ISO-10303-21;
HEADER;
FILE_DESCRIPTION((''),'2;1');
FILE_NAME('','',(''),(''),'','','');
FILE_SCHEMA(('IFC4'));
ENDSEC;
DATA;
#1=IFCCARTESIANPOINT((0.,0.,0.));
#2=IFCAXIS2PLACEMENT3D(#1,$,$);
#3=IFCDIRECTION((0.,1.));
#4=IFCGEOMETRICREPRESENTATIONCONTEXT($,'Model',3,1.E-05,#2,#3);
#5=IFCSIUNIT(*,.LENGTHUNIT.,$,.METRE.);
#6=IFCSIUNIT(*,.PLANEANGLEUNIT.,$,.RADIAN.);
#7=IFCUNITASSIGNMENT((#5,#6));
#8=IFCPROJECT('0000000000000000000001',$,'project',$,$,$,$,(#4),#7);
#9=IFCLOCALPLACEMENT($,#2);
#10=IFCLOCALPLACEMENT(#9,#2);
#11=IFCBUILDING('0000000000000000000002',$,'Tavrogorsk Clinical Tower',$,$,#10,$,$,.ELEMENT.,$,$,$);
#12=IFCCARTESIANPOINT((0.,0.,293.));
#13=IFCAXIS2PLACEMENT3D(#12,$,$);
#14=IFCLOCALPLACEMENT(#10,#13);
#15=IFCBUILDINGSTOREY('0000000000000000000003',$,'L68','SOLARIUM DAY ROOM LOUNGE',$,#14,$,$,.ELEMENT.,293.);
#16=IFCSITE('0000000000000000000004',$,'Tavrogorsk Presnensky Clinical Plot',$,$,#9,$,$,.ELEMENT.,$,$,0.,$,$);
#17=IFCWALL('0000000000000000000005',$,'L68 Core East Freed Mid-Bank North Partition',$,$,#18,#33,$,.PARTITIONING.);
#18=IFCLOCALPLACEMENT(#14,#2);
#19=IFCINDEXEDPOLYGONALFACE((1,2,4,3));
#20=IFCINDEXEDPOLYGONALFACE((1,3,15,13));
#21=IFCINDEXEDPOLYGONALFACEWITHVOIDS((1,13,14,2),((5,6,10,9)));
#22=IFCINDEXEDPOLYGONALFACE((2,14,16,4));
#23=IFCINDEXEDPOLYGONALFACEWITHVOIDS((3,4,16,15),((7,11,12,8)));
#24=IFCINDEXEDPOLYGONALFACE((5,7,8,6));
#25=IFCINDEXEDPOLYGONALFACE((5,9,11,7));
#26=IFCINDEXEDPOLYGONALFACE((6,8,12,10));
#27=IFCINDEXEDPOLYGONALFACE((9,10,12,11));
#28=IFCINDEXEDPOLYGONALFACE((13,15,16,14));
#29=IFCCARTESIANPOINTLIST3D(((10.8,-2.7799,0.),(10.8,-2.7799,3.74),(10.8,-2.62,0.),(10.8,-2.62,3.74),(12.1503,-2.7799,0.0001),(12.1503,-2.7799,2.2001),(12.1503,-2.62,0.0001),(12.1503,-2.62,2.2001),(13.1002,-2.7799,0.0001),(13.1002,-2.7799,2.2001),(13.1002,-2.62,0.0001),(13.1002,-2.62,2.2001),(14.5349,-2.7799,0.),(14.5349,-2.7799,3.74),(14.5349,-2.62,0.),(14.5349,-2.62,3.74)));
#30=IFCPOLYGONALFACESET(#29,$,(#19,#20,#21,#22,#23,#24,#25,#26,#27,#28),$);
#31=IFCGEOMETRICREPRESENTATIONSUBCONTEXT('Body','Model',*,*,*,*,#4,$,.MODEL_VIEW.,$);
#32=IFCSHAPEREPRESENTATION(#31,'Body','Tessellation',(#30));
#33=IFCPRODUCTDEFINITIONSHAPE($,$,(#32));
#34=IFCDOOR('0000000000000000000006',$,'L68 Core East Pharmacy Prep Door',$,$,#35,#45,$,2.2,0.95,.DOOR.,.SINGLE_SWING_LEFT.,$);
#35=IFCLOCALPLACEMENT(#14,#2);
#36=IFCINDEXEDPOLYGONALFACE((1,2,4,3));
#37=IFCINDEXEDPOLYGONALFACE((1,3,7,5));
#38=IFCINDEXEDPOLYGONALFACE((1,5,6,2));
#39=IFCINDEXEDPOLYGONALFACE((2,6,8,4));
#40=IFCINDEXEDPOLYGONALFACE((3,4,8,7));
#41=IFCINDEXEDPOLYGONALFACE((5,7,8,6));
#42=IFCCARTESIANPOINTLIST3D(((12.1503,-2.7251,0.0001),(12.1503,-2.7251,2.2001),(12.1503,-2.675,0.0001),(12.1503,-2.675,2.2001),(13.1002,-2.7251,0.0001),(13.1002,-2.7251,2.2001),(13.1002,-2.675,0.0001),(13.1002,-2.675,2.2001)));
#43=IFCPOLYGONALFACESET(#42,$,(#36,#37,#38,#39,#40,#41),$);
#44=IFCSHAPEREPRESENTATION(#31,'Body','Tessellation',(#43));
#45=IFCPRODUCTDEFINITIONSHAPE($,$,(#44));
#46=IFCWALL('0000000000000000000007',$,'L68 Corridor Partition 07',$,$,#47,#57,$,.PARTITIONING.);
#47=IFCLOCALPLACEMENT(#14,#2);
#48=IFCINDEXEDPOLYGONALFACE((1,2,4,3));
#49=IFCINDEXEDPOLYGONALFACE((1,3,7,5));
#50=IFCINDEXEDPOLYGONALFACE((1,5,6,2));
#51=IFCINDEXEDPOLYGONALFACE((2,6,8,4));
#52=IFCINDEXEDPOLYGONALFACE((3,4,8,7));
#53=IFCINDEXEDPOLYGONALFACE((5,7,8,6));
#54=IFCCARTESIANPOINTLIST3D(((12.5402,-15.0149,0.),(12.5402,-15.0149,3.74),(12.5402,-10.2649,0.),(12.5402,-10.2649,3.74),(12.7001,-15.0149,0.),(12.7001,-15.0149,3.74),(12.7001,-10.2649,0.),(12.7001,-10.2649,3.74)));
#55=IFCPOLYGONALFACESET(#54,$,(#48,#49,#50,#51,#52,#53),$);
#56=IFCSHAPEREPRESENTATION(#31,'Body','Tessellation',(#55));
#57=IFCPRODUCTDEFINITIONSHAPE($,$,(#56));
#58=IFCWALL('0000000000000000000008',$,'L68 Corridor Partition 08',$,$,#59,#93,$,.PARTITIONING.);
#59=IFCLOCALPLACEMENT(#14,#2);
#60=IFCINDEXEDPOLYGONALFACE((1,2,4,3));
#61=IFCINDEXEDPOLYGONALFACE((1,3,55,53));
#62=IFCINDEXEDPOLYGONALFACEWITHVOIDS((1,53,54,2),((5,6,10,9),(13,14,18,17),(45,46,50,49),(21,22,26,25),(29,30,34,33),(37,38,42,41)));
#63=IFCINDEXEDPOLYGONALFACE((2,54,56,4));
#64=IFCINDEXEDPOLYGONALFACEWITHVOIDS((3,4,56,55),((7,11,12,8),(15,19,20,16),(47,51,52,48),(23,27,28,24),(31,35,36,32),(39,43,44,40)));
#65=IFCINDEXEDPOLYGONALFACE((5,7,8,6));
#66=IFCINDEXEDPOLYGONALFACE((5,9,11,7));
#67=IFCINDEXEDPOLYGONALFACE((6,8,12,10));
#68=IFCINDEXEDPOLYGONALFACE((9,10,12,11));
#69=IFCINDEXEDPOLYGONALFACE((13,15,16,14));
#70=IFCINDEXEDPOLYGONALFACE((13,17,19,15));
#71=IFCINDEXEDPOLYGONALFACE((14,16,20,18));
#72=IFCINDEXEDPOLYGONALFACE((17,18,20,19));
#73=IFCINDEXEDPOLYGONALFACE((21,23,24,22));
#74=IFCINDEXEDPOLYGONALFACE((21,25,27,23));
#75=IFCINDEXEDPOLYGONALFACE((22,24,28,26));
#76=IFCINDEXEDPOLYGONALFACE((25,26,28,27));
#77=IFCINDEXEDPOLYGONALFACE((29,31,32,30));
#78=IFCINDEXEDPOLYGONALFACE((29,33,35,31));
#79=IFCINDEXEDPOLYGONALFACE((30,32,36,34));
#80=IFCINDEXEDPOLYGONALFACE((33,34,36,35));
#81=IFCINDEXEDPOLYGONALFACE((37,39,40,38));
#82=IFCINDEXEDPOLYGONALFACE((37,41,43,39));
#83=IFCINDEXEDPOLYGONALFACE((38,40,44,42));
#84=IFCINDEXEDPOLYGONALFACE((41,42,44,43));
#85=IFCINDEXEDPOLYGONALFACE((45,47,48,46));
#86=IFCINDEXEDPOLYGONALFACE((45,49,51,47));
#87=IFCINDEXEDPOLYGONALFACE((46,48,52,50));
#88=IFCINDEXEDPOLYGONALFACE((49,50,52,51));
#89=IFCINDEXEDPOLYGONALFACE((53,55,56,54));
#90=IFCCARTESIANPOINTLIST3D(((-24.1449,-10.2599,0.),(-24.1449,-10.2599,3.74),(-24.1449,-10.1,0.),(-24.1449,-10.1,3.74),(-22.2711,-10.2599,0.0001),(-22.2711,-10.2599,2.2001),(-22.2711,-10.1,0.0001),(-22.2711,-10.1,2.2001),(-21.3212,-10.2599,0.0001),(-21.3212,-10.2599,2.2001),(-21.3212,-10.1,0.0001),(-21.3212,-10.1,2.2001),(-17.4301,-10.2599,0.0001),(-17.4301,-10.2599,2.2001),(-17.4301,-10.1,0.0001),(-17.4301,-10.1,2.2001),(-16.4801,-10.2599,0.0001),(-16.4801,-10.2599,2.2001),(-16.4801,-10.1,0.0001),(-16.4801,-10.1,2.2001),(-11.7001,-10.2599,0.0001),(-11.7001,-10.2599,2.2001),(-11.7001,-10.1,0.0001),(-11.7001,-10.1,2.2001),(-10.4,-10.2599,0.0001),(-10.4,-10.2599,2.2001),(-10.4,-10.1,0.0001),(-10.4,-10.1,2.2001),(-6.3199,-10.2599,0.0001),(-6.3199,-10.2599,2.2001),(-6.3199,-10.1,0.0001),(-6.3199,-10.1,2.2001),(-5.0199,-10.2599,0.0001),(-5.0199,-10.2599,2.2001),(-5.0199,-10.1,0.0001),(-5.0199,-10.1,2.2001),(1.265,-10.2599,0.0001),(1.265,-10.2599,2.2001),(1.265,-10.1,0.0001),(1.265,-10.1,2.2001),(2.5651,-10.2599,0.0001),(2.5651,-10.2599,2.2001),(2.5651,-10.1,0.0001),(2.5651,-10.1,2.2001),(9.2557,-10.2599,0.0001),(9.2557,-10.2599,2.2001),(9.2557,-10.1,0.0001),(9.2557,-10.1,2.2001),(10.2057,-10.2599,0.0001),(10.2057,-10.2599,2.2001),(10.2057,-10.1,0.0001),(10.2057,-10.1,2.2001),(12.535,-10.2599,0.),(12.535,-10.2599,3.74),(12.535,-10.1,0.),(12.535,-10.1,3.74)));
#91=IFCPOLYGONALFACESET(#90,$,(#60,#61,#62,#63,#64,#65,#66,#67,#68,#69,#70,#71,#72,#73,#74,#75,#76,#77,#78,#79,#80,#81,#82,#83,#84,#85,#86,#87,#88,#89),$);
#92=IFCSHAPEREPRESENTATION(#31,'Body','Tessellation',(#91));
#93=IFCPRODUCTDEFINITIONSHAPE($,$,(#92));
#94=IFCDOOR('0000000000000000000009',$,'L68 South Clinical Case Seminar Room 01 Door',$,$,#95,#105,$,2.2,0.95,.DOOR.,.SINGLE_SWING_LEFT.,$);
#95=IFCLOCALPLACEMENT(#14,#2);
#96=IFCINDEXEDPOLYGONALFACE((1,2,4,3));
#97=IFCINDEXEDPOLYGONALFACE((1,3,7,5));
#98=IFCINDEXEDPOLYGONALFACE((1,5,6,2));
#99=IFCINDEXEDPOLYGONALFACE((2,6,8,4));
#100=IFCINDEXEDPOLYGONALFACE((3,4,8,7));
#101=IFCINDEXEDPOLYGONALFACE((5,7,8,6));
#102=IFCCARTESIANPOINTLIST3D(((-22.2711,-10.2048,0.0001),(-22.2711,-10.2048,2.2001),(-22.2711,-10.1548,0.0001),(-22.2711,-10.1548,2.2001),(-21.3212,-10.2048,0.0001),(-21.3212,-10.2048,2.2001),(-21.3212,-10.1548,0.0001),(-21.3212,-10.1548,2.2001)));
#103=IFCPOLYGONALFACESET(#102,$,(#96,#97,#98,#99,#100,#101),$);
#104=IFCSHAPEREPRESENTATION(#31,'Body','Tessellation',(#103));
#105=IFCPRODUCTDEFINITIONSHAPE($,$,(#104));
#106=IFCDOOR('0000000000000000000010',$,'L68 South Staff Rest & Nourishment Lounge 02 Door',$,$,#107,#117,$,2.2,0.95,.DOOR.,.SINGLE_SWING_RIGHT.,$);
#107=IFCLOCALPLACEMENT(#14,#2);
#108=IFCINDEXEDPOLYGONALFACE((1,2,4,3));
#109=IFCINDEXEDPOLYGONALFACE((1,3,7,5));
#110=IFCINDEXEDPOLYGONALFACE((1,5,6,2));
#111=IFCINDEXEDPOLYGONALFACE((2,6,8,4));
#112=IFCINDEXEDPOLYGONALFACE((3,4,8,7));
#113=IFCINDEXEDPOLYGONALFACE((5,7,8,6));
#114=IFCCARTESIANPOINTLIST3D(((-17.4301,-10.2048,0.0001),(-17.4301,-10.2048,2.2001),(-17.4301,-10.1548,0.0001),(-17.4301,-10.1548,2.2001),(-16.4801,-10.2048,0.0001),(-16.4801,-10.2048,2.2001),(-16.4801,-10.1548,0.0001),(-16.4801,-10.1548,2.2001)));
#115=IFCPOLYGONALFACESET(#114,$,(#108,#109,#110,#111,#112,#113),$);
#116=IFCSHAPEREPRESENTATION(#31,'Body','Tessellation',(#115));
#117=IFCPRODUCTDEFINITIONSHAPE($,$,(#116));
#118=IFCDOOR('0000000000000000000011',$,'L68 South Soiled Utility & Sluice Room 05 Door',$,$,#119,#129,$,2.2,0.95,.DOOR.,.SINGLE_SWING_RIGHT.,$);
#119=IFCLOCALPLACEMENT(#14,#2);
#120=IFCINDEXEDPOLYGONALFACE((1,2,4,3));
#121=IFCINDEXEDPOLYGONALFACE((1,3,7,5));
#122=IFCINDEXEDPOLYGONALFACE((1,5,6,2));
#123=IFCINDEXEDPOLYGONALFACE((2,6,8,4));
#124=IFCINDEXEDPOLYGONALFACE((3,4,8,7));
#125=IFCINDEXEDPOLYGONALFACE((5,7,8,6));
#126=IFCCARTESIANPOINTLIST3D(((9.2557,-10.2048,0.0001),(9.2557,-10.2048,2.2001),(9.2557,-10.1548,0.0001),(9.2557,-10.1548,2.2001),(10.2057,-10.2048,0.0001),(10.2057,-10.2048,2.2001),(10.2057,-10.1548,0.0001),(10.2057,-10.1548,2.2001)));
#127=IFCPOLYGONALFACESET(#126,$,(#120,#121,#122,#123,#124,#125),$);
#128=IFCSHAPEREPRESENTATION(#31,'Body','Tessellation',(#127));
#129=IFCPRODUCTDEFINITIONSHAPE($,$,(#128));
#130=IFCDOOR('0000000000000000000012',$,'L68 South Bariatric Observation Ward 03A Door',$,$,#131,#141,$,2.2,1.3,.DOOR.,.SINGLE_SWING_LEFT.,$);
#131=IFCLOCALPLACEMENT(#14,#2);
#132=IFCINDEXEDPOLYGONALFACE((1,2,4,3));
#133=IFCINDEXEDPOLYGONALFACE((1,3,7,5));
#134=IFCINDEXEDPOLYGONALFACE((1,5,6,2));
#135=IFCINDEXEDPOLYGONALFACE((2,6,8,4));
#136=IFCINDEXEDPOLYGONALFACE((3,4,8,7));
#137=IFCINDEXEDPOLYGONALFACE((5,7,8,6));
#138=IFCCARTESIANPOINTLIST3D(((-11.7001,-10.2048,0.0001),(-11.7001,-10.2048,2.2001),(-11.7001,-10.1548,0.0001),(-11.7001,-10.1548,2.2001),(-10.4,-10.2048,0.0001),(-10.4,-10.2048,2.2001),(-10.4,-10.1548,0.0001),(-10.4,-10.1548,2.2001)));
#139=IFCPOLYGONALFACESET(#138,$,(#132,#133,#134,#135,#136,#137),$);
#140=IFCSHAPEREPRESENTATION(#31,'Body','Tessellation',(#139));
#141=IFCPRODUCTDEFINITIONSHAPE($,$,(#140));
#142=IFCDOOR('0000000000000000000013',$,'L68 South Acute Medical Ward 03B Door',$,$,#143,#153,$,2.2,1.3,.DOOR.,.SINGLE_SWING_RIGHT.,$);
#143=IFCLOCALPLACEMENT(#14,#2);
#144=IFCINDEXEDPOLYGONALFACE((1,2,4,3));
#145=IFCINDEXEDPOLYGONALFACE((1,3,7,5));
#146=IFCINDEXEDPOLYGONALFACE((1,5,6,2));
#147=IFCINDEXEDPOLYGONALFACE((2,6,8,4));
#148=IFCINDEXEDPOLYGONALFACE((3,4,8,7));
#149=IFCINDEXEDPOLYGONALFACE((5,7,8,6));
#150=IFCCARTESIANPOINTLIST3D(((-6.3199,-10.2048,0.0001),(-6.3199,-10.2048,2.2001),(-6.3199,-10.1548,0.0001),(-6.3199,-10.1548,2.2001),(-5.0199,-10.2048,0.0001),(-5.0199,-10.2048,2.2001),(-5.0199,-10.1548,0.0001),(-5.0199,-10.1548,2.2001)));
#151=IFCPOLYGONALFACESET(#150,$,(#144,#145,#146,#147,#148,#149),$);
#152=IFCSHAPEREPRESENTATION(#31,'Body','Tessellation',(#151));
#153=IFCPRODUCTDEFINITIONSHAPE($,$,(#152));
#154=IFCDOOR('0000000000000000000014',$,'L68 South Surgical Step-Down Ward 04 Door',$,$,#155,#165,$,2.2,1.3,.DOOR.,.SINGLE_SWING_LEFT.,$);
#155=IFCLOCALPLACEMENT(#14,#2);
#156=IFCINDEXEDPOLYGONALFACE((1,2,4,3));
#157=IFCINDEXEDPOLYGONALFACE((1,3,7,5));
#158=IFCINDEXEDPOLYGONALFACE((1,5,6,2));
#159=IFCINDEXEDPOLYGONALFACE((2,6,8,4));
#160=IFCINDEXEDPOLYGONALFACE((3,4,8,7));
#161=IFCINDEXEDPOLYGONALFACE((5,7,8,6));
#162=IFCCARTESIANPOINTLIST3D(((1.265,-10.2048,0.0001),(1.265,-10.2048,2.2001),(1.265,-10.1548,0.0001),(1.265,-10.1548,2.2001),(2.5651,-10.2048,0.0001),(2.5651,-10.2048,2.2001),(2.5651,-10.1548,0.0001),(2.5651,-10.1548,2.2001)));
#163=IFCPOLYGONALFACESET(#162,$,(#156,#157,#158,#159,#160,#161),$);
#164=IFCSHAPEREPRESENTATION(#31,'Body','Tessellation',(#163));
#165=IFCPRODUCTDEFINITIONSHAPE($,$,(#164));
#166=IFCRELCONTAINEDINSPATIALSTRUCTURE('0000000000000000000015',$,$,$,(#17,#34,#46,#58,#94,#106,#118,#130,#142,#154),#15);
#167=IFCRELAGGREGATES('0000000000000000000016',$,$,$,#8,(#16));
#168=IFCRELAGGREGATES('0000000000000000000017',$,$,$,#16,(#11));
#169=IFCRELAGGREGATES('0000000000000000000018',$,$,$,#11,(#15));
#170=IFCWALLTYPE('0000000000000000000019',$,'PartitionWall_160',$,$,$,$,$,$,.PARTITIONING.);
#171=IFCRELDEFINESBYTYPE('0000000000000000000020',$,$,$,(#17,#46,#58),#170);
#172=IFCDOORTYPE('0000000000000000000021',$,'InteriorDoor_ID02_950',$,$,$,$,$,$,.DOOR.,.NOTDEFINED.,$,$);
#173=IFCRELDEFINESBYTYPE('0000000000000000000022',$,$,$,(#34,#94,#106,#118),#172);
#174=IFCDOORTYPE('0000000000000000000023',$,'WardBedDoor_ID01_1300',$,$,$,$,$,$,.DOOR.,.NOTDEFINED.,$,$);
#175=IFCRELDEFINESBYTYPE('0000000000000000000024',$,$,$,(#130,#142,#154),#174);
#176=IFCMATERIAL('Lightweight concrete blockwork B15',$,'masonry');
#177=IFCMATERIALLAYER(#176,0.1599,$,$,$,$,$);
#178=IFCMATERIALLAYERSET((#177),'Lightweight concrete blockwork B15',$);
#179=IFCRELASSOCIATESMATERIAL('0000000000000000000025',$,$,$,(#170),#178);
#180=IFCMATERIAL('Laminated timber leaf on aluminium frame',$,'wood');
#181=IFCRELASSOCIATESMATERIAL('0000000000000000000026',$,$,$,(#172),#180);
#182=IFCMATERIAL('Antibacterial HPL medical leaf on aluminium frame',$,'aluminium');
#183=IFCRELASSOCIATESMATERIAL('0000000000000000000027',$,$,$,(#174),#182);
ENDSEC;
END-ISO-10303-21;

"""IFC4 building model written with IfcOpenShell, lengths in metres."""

from ifc_helpers import new_model, si_unit, direction, frame, frame_2d, origin, place, context, subcontext, project, spatial, rectangle, extrude, material, layer, layer_set, type_object, element, fill, save


model = new_model("IFC4")

# Units and contexts
model_context = context("Model", 3, precision=1e-05, world=origin(), true_north=direction((0.0, 1.0)))
body_context = subcontext(model_context, "Body", "Model", "MODEL_VIEW")
ifc_project = project(units=[si_unit("LENGTHUNIT", "METRE"), si_unit("PLANEANGLEUNIT", "RADIAN")], contexts=[model_context])

# Site, building, storey
site_placement = place(None, origin())
site = spatial("IfcSite", under=ifc_project, at=site_placement, Name="Tavrogorsk Presnensky Clinical Plot", CompositionType="ELEMENT", RefElevation=0.0)
building_placement = place(site_placement, origin())
building = spatial("IfcBuilding", under=site, at=building_placement, Name="Tavrogorsk Clinical Tower", CompositionType="ELEMENT")
storey_placement = place(building_placement, frame((0.0, 0.0, 293.0)))
storey = spatial("IfcBuildingStorey", under=building, at=storey_placement, Name="L68", Description="SOLARIUM DAY ROOM LOUNGE", CompositionType="ELEMENT", Elevation=293.0)

# Wall, opening, door
ifc_material_1 = material(Name="Lightweight concrete blockwork B15", Category="masonry")
ifc_layer_1 = layer(ifc_material_1, 0.1599)
ifc_layer_set_1 = layer_set([ifc_layer_1], Name="Lightweight concrete blockwork B15")
wall_type_1 = type_object("IfcWallType", Name="PartitionWall_160", PredefinedType="PARTITIONING", material=ifc_layer_set_1)
wall_1_placement = place(storey_placement, frame((10.8, -2.7, 0.0), z_axis=(0.0, 0.0, 1.0), x_axis=(1.0, 0.0, 0.0)))
wall_1 = element("IfcWall", 1, at=wall_1_placement, inside=storey, type_object=wall_type_1, Name="L68 Core East Freed Mid-Bank North Partition", PredefinedType="PARTITIONING", context=body_context, shape_type="SweptSolid", body=[
    extrude(rectangle(XDim=3.7349, YDim=0.1599, at=frame_2d((1.8674, 0.0))), origin(), (0.0, 0.0, 1.0), 3.74),
])
opening_1_placement = place(wall_1_placement, frame((1.3501, 0.0, 0.0)))
opening_1 = element("IfcOpeningElement", 2, at=opening_1_placement, cuts=wall_1, PredefinedType="OPENING", context=body_context, shape_type="SweptSolid", body=[
    extrude(rectangle(XDim=0.95, YDim=2.2, at=frame_2d((0.4751, 1.1001))), frame((0.0, 0.0898, 0.0), z_axis=(0.0, -1.0, 0.0), x_axis=(1.0, 0.0, 0.0)), (0.0, 0.0, 1.0), 0.1799),
])
ifc_material_2 = material(Name="Laminated timber leaf on aluminium frame", Category="wood")
door_type_1 = type_object("IfcDoorType", Name="InteriorDoor_ID02_950", OperationType="NOTDEFINED", PredefinedType="DOOR", material=ifc_material_2)
door_1_placement = place(opening_1_placement, origin())
door_1 = element("IfcDoor", 3, at=door_1_placement, inside=storey, type_object=door_type_1, Name="L68 Core East Pharmacy Prep Door", OperationType="SINGLE_SWING_LEFT", OverallHeight=2.2, OverallWidth=0.95, PredefinedType="DOOR", context=body_context, shape_type="SweptSolid", body=[
    extrude(rectangle(XDim=0.95, YDim=2.2, at=frame_2d((0.4751, 1.1001))), frame((0.0, 0.0249, 0.0), z_axis=(0.0, -1.0, 0.0), x_axis=(1.0, 0.0, 0.0)), (0.0, 0.0, 1.0), 0.05),
])
fill(opening_1, door_1)

# Wall
wall_2_placement = place(storey_placement, frame((12.6201, -15.0149, 0.0), z_axis=(0.0, 0.0, 1.0), x_axis=(0.0, 1.0, 0.0)))
element("IfcWall", 4, at=wall_2_placement, inside=storey, type_object=wall_type_1, Name="L68 Corridor Partition 07", PredefinedType="PARTITIONING", context=body_context, shape_type="SweptSolid", body=[
    extrude(rectangle(XDim=4.75, YDim=0.1599, at=frame_2d((2.375, 0.0))), origin(), (0.0, 0.0, 1.0), 3.74),
])

# Wall, openings, doors
wall_3_placement = place(storey_placement, frame((12.5349, -10.1799, 0.0), z_axis=(0.0, 0.0, 1.0), x_axis=(-1.0, 0.0, 0.0)))
wall_3 = element("IfcWall", 5, at=wall_3_placement, inside=storey, type_object=wall_type_1, Name="L68 Corridor Partition 08", PredefinedType="PARTITIONING", context=body_context, shape_type="SweptSolid", body=[
    extrude(rectangle(XDim=36.6799, YDim=0.1599, at=frame_2d((18.3398, 0.0))), origin(), (0.0, 0.0, 1.0), 3.74),
])
opening_2_placement = place(wall_3_placement, frame((33.856, 0.0, 0.0)))
opening_2 = element("IfcOpeningElement", 6, at=opening_2_placement, cuts=wall_3, PredefinedType="OPENING", context=body_context, shape_type="SweptSolid", body=[
    extrude(rectangle(XDim=0.95, YDim=2.2, at=frame_2d((0.4751, 1.1001))), frame((0.0, 0.0898, 0.0), z_axis=(0.0, -1.0, 0.0), x_axis=(1.0, 0.0, 0.0)), (0.0, 0.0, 1.0), 0.1799),
])
opening_3_placement = place(wall_3_placement, frame((29.0149, 0.0, 0.0)))
opening_3 = element("IfcOpeningElement", 7, at=opening_3_placement, cuts=wall_3, PredefinedType="OPENING", context=body_context, shape_type="SweptSolid", body=[
    extrude(rectangle(XDim=0.95, YDim=2.2, at=frame_2d((0.4751, 1.1001))), frame((0.0, 0.0898, 0.0), z_axis=(0.0, -1.0, 0.0), x_axis=(1.0, 0.0, 0.0)), (0.0, 0.0, 1.0), 0.1799),
])
opening_4_placement = place(wall_3_placement, frame((22.9351, 0.0, 0.0)))
opening_4 = element("IfcOpeningElement", 8, at=opening_4_placement, cuts=wall_3, PredefinedType="OPENING", context=body_context, shape_type="SweptSolid", body=[
    extrude(rectangle(XDim=1.3, YDim=2.2, at=frame_2d((0.6499, 1.1001))), frame((0.0, 0.0898, 0.0), z_axis=(0.0, -1.0, 0.0), x_axis=(1.0, 0.0, 0.0)), (0.0, 0.0, 1.0), 0.1799),
])
opening_5_placement = place(wall_3_placement, frame((17.5549, 0.0, 0.0)))
opening_5 = element("IfcOpeningElement", 9, at=opening_5_placement, cuts=wall_3, PredefinedType="OPENING", context=body_context, shape_type="SweptSolid", body=[
    extrude(rectangle(XDim=1.3, YDim=2.2, at=frame_2d((0.6499, 1.1001))), frame((0.0, 0.0898, 0.0), z_axis=(0.0, -1.0, 0.0), x_axis=(1.0, 0.0, 0.0)), (0.0, 0.0, 1.0), 0.1799),
])
opening_6_placement = place(wall_3_placement, frame((9.97, 0.0, 0.0)))
opening_6 = element("IfcOpeningElement", 10, at=opening_6_placement, cuts=wall_3, PredefinedType="OPENING", context=body_context, shape_type="SweptSolid", body=[
    extrude(rectangle(XDim=1.3, YDim=2.2, at=frame_2d((0.6499, 1.1001))), frame((0.0, 0.0898, 0.0), z_axis=(0.0, -1.0, 0.0), x_axis=(1.0, 0.0, 0.0)), (0.0, 0.0, 1.0), 0.1799),
])
opening_7_placement = place(wall_3_placement, frame((2.3291, 0.0, 0.0)))
opening_7 = element("IfcOpeningElement", 11, at=opening_7_placement, cuts=wall_3, PredefinedType="OPENING", context=body_context, shape_type="SweptSolid", body=[
    extrude(rectangle(XDim=0.95, YDim=2.2, at=frame_2d((0.4751, 1.1001))), frame((0.0, 0.0898, 0.0), z_axis=(0.0, -1.0, 0.0), x_axis=(1.0, 0.0, 0.0)), (0.0, 0.0, 1.0), 0.1799),
])
door_2_placement = place(opening_2_placement, origin())
door_2 = element("IfcDoor", 12, at=door_2_placement, inside=storey, type_object=door_type_1, Name="L68 South Clinical Case Seminar Room 01 Door", OperationType="SINGLE_SWING_LEFT", OverallHeight=2.2, OverallWidth=0.95, PredefinedType="DOOR", context=body_context, shape_type="SweptSolid", body=[
    extrude(rectangle(XDim=0.95, YDim=2.2, at=frame_2d((0.4751, 1.1001))), frame((0.0, 0.0249, 0.0), z_axis=(0.0, -1.0, 0.0), x_axis=(1.0, 0.0, 0.0)), (0.0, 0.0, 1.0), 0.05),
])
fill(opening_2, door_2)
door_3_placement = place(opening_3_placement, origin())
door_3 = element("IfcDoor", 13, at=door_3_placement, inside=storey, type_object=door_type_1, Name="L68 South Staff Rest & Nourishment Lounge 02 Door", OperationType="SINGLE_SWING_RIGHT", OverallHeight=2.2, OverallWidth=0.95, PredefinedType="DOOR", context=body_context, shape_type="SweptSolid", body=[
    extrude(rectangle(XDim=0.95, YDim=2.2, at=frame_2d((0.4751, 1.1001))), frame((0.0, 0.0249, 0.0), z_axis=(0.0, -1.0, 0.0), x_axis=(1.0, 0.0, 0.0)), (0.0, 0.0, 1.0), 0.05),
])
fill(opening_3, door_3)
door_4_placement = place(opening_7_placement, origin())
door_4 = element("IfcDoor", 14, at=door_4_placement, inside=storey, type_object=door_type_1, Name="L68 South Soiled Utility & Sluice Room 05 Door", OperationType="SINGLE_SWING_RIGHT", OverallHeight=2.2, OverallWidth=0.95, PredefinedType="DOOR", context=body_context, shape_type="SweptSolid", body=[
    extrude(rectangle(XDim=0.95, YDim=2.2, at=frame_2d((0.4751, 1.1001))), frame((0.0, 0.0249, 0.0), z_axis=(0.0, -1.0, 0.0), x_axis=(1.0, 0.0, 0.0)), (0.0, 0.0, 1.0), 0.05),
])
fill(opening_7, door_4)
ifc_material_3 = material(Name="Antibacterial HPL medical leaf on aluminium frame", Category="aluminium")
door_type_2 = type_object("IfcDoorType", Name="WardBedDoor_ID01_1300", OperationType="NOTDEFINED", PredefinedType="DOOR", material=ifc_material_3)
door_5_placement = place(opening_4_placement, origin())
door_5 = element("IfcDoor", 15, at=door_5_placement, inside=storey, type_object=door_type_2, Name="L68 South Bariatric Observation Ward 03A Door", OperationType="SINGLE_SWING_LEFT", OverallHeight=2.2, OverallWidth=1.3, PredefinedType="DOOR", context=body_context, shape_type="SweptSolid", body=[
    extrude(rectangle(XDim=1.3, YDim=2.2, at=frame_2d((0.6499, 1.1001))), frame((0.0, 0.0249, 0.0), z_axis=(0.0, -1.0, 0.0), x_axis=(1.0, 0.0, 0.0)), (0.0, 0.0, 1.0), 0.05),
])
fill(opening_4, door_5)
door_6_placement = place(opening_5_placement, origin())
door_6 = element("IfcDoor", 16, at=door_6_placement, inside=storey, type_object=door_type_2, Name="L68 South Acute Medical Ward 03B Door", OperationType="SINGLE_SWING_RIGHT", OverallHeight=2.2, OverallWidth=1.3, PredefinedType="DOOR", context=body_context, shape_type="SweptSolid", body=[
    extrude(rectangle(XDim=1.3, YDim=2.2, at=frame_2d((0.6499, 1.1001))), frame((0.0, 0.0249, 0.0), z_axis=(0.0, -1.0, 0.0), x_axis=(1.0, 0.0, 0.0)), (0.0, 0.0, 1.0), 0.05),
])
fill(opening_5, door_6)
door_7_placement = place(opening_6_placement, origin())
door_7 = element("IfcDoor", 17, at=door_7_placement, inside=storey, type_object=door_type_2, Name="L68 South Surgical Step-Down Ward 04 Door", OperationType="SINGLE_SWING_LEFT", OverallHeight=2.2, OverallWidth=1.3, PredefinedType="DOOR", context=body_context, shape_type="SweptSolid", body=[
    extrude(rectangle(XDim=1.3, YDim=2.2, at=frame_2d((0.6499, 1.1001))), frame((0.0, 0.0249, 0.0), z_axis=(0.0, -1.0, 0.0), x_axis=(1.0, 0.0, 0.0)), (0.0, 0.0, 1.0), 0.05),
])
fill(opening_6, door_7)

save(model, "model.ifc")
